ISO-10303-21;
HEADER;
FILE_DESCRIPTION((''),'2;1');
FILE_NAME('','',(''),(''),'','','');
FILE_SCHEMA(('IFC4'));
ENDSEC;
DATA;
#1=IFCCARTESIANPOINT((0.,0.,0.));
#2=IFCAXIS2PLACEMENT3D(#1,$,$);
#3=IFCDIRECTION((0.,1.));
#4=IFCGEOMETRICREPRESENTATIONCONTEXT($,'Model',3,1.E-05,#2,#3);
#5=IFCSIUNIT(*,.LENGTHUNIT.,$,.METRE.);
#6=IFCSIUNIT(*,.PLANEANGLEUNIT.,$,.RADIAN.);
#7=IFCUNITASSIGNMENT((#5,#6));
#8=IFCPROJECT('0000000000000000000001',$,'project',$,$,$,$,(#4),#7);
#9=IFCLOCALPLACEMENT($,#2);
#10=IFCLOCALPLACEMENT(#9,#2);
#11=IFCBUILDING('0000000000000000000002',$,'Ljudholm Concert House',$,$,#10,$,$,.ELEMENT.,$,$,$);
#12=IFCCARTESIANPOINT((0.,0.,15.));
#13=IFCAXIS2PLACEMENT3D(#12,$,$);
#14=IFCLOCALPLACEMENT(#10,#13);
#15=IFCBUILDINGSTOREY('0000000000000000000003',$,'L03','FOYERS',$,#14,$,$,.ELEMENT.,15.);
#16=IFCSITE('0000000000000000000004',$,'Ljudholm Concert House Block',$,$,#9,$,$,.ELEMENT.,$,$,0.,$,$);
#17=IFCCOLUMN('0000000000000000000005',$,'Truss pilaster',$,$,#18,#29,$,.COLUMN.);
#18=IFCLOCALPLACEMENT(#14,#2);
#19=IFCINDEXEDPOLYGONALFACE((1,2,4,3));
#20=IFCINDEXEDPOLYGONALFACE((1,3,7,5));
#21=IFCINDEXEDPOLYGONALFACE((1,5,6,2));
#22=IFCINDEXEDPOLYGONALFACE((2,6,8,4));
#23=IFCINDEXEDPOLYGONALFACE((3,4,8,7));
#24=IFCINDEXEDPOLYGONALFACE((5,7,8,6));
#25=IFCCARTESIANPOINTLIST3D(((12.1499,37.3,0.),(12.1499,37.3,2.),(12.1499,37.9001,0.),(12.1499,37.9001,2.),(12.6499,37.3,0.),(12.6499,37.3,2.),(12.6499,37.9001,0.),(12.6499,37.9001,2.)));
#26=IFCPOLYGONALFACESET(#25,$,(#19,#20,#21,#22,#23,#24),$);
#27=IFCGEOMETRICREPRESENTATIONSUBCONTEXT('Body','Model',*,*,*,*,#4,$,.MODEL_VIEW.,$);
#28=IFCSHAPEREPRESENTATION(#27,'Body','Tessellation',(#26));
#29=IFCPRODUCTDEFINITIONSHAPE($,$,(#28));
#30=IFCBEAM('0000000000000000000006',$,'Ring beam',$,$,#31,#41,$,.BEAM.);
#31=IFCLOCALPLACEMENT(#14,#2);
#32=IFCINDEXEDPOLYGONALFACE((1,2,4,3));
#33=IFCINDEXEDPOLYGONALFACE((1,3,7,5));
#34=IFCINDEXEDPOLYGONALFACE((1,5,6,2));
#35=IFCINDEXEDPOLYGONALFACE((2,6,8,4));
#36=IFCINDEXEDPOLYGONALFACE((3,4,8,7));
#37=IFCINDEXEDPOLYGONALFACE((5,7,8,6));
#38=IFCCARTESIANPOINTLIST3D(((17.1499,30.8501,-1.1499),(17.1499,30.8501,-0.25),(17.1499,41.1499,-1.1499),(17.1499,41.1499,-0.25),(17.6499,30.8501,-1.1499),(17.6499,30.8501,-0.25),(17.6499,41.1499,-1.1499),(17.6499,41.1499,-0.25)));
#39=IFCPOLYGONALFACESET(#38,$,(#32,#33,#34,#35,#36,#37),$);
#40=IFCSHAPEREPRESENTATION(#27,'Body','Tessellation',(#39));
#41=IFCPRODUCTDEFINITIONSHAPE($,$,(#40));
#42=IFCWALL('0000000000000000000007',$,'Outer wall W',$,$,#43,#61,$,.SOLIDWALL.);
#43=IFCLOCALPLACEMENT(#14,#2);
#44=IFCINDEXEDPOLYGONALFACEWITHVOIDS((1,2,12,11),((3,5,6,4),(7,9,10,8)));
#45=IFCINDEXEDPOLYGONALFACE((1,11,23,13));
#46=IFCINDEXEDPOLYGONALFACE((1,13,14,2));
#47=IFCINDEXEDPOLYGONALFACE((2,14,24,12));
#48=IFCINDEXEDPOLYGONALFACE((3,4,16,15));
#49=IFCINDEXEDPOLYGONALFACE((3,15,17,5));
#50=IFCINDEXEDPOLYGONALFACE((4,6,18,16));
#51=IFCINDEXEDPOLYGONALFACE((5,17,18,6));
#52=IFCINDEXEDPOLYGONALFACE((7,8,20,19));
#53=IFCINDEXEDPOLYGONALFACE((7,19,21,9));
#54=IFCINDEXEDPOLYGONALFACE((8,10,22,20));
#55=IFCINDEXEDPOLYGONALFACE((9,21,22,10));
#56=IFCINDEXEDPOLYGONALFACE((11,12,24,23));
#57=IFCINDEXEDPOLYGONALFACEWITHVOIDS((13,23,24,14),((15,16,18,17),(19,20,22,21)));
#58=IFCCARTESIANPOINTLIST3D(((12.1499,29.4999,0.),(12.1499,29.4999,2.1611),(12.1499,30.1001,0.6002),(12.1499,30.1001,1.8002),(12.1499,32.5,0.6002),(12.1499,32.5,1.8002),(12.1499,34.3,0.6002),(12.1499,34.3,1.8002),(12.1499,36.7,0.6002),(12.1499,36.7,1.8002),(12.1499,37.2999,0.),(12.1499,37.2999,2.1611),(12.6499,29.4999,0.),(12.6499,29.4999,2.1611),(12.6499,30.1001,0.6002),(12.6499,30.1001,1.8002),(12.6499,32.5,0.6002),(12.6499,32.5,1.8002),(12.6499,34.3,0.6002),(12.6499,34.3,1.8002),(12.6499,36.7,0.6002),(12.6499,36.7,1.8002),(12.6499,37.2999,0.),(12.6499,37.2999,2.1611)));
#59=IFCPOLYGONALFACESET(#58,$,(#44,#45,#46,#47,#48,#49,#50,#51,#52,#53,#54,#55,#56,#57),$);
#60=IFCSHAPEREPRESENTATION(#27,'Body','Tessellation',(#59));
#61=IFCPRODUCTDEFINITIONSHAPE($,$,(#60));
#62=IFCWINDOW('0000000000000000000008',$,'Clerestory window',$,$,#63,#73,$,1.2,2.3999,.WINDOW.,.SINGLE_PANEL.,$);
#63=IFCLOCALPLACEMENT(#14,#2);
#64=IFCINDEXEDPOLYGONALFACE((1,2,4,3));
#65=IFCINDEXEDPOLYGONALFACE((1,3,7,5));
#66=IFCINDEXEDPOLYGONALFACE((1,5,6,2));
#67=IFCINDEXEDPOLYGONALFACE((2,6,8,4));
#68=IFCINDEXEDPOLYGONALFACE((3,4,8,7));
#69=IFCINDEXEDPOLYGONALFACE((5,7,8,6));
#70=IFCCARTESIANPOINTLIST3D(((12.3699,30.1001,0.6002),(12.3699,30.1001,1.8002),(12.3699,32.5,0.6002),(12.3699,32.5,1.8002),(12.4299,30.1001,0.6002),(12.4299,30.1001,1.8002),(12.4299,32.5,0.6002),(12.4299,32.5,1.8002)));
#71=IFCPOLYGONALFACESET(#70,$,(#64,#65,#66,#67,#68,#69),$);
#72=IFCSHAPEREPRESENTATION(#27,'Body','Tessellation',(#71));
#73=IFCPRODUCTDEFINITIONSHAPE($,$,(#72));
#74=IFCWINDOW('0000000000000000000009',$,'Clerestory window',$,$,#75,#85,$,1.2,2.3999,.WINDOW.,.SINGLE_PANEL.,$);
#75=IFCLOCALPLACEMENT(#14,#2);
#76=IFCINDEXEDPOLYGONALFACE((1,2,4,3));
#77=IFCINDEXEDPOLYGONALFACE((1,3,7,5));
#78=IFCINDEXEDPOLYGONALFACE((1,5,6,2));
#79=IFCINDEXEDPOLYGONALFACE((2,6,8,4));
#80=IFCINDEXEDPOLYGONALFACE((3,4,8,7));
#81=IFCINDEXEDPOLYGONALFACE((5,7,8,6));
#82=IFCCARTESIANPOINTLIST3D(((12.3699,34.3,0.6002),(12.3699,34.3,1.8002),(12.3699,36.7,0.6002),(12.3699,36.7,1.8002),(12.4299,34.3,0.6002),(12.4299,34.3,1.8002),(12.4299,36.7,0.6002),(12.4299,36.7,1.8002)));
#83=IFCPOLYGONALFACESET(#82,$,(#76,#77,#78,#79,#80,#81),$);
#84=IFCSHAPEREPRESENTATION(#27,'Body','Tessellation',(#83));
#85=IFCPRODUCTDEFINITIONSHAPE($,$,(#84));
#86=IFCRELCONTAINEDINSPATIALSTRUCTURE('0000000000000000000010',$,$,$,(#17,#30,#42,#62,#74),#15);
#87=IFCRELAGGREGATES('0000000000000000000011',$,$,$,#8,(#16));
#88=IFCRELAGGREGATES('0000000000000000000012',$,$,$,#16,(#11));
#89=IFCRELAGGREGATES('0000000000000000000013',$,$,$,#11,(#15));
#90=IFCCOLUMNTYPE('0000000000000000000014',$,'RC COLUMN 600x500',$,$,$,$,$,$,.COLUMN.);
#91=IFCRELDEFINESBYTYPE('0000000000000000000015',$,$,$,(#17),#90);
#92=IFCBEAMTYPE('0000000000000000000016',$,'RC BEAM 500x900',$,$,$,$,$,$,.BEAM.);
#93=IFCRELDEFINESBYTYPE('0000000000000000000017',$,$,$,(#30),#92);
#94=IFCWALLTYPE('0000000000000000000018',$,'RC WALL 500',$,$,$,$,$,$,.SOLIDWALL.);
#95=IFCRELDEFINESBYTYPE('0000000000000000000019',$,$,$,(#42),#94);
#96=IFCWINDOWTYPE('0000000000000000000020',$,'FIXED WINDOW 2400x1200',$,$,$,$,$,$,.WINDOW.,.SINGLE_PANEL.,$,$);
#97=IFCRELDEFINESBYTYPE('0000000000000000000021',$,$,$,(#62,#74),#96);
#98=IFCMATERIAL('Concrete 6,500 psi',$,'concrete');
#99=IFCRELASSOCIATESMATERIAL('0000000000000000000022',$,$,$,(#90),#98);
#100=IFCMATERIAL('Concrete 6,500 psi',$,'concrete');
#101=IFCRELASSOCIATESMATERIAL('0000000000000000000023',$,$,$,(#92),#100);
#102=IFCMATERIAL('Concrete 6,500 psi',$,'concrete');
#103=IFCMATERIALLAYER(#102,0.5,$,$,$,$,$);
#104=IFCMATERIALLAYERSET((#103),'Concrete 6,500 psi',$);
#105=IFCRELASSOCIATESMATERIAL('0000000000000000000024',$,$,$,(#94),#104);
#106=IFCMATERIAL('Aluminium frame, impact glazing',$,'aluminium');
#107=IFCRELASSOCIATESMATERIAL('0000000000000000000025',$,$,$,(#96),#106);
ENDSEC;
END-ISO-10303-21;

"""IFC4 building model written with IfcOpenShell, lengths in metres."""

from ifc_helpers import new_model, si_unit, direction, frame, frame_2d, origin, origin_2d, place, context, subcontext, project, spatial, rectangle, extrude, material, layer, layer_set, material_profile, profile_set, type_object, element, fill, save


model = new_model("IFC4")

# Units and contexts
model_context = context("Model", 3, precision=1e-05, world=origin(), true_north=direction((0.0, 1.0)))
body_context = subcontext(model_context, "Body", "Model", "MODEL_VIEW")
ifc_project = project(units=[si_unit("LENGTHUNIT", "METRE"), si_unit("PLANEANGLEUNIT", "RADIAN")], contexts=[model_context])

# Site, building, storey
site_placement = place(None, origin())
site = spatial("IfcSite", under=ifc_project, at=site_placement, Name="Ljudholm Concert House Block", CompositionType="ELEMENT", RefElevation=0.0)
building_placement = place(site_placement, origin())
building = spatial("IfcBuilding", under=site, at=building_placement, Name="Ljudholm Concert House", CompositionType="ELEMENT")
storey_placement = place(building_placement, frame((0.0, 0.0, 15.0)))
storey = spatial("IfcBuildingStorey", under=building, at=storey_placement, Name="L03", Description="FOYERS", CompositionType="ELEMENT", Elevation=15.0)

# Column
ifc_material_1 = material(Name="Concrete 6,500 psi", Category="concrete")
ifc_material_profile_1 = material_profile(ifc_material_1, rectangle(XDim=0.6001, YDim=0.5, at=origin_2d()), Name="RC COLUMN 600x500")
ifc_profile_set_1 = profile_set([ifc_material_profile_1], Name="Concrete 6,500 psi")
column_type = type_object("IfcColumnType", Name="RC COLUMN 600x500", PredefinedType="COLUMN", material=ifc_profile_set_1)
column_placement = place(storey_placement, frame((12.3999, 37.6001, 0.0), z_axis=(0.0, 0.0, 1.0), x_axis=(0.0, 1.0, 0.0)))
element("IfcColumn", 1, at=column_placement, inside=storey, type_object=column_type, Name="Truss pilaster", PredefinedType="COLUMN", context=body_context, shape_type="SweptSolid", body=[
    extrude(rectangle(XDim=0.6001, YDim=0.5, at=origin_2d()), origin(), (0.0, 0.0, 1.0), 2.0),
])

# Beam
ifc_material_2 = material(Name="Concrete 6,500 psi", Category="concrete")
ifc_material_profile_2 = material_profile(ifc_material_2, rectangle(XDim=0.5, YDim=0.8999, at=origin_2d()), Name="RC BEAM 500x900")
ifc_profile_set_2 = profile_set([ifc_material_profile_2], Name="Concrete 6,500 psi")
beam_type = type_object("IfcBeamType", Name="RC BEAM 500x900", PredefinedType="BEAM", material=ifc_profile_set_2)
beam_placement = place(storey_placement, frame((17.3999, 30.8501, -0.7), z_axis=(0.0, 1.0, 0.0), x_axis=(-1.0, 0.0, 0.0)))
element("IfcBeam", 2, at=beam_placement, inside=storey, type_object=beam_type, Name="Ring beam", PredefinedType="BEAM", context=body_context, shape_type="SweptSolid", body=[
    extrude(rectangle(XDim=0.5, YDim=0.8999, at=origin_2d()), origin(), (0.0, 0.0, 1.0), 10.2998),
])

# Wall, openings, windows
ifc_material_3 = material(Name="Concrete 6,500 psi", Category="concrete")
ifc_layer_1 = layer(ifc_material_3, 0.5)
ifc_layer_set_1 = layer_set([ifc_layer_1], Name="Concrete 6,500 psi")
wall_type = type_object("IfcWallType", Name="RC WALL 500", PredefinedType="SOLIDWALL", material=ifc_layer_set_1)
wall_placement = place(storey_placement, frame((12.3999, 29.5, 0.0), z_axis=(0.0, 0.0, 1.0), x_axis=(0.0, 1.0, 0.0)))
wall = element("IfcWall", 3, at=wall_placement, inside=storey, type_object=wall_type, Name="Outer wall W", PredefinedType="SOLIDWALL", context=body_context, shape_type="SweptSolid", body=[
    extrude(rectangle(XDim=7.8, YDim=0.5, at=frame_2d((3.8999, 0.0))), origin(), (0.0, 0.0, 1.0), 2.1611),
])
opening_1_placement = place(wall_placement, frame((0.6001, 0.0, 0.6001)))
opening_1 = element("IfcOpeningElement", 4, at=opening_1_placement, cuts=wall, PredefinedType="OPENING", context=body_context, shape_type="SweptSolid", body=[
    extrude(rectangle(XDim=2.3999, YDim=1.2, at=frame_2d((1.2, 0.6001))), frame((0.0, 0.26, 0.0), z_axis=(0.0, -1.0, 0.0), x_axis=(1.0, 0.0, 0.0)), (0.0, 0.0, 1.0), 0.52),
])
opening_2_placement = place(wall_placement, frame((4.8, 0.0, 0.6001)))
opening_2 = element("IfcOpeningElement", 5, at=opening_2_placement, cuts=wall, PredefinedType="OPENING", context=body_context, shape_type="SweptSolid", body=[
    extrude(rectangle(XDim=2.3999, YDim=1.2, at=frame_2d((1.2, 0.6001))), frame((0.0, 0.26, 0.0), z_axis=(0.0, -1.0, 0.0), x_axis=(1.0, 0.0, 0.0)), (0.0, 0.0, 1.0), 0.52),
])
ifc_material_4 = material(Name="Aluminium frame, impact glazing", Category="aluminium")
window_type = type_object("IfcWindowType", Name="FIXED WINDOW 2400x1200", PartitioningType="SINGLE_PANEL", PredefinedType="WINDOW", material=ifc_material_4)
window_1_placement = place(opening_1_placement, origin())
window_1 = element("IfcWindow", 6, at=window_1_placement, inside=storey, type_object=window_type, Name="Clerestory window", OverallHeight=1.2, OverallWidth=2.3999, PartitioningType="SINGLE_PANEL", PredefinedType="WINDOW", context=body_context, shape_type="SweptSolid", body=[
    extrude(rectangle(XDim=2.3999, YDim=1.2, at=frame_2d((1.2, 0.6001))), frame((0.0, 0.03, 0.0), z_axis=(0.0, -1.0, 0.0), x_axis=(1.0, 0.0, 0.0)), (0.0, 0.0, 1.0), 0.0601),
])
fill(opening_1, window_1)
window_2_placement = place(opening_2_placement, origin())
window_2 = element("IfcWindow", 7, at=window_2_placement, inside=storey, type_object=window_type, Name="Clerestory window", OverallHeight=1.2, OverallWidth=2.3999, PartitioningType="SINGLE_PANEL", PredefinedType="WINDOW", context=body_context, shape_type="SweptSolid", body=[
    extrude(rectangle(XDim=2.3999, YDim=1.2, at=frame_2d((1.2, 0.6001))), frame((0.0, 0.03, 0.0), z_axis=(0.0, -1.0, 0.0), x_axis=(1.0, 0.0, 0.0)), (0.0, 0.0, 1.0), 0.0601),
])
fill(opening_2, window_2)

save(model, "model.ifc")
